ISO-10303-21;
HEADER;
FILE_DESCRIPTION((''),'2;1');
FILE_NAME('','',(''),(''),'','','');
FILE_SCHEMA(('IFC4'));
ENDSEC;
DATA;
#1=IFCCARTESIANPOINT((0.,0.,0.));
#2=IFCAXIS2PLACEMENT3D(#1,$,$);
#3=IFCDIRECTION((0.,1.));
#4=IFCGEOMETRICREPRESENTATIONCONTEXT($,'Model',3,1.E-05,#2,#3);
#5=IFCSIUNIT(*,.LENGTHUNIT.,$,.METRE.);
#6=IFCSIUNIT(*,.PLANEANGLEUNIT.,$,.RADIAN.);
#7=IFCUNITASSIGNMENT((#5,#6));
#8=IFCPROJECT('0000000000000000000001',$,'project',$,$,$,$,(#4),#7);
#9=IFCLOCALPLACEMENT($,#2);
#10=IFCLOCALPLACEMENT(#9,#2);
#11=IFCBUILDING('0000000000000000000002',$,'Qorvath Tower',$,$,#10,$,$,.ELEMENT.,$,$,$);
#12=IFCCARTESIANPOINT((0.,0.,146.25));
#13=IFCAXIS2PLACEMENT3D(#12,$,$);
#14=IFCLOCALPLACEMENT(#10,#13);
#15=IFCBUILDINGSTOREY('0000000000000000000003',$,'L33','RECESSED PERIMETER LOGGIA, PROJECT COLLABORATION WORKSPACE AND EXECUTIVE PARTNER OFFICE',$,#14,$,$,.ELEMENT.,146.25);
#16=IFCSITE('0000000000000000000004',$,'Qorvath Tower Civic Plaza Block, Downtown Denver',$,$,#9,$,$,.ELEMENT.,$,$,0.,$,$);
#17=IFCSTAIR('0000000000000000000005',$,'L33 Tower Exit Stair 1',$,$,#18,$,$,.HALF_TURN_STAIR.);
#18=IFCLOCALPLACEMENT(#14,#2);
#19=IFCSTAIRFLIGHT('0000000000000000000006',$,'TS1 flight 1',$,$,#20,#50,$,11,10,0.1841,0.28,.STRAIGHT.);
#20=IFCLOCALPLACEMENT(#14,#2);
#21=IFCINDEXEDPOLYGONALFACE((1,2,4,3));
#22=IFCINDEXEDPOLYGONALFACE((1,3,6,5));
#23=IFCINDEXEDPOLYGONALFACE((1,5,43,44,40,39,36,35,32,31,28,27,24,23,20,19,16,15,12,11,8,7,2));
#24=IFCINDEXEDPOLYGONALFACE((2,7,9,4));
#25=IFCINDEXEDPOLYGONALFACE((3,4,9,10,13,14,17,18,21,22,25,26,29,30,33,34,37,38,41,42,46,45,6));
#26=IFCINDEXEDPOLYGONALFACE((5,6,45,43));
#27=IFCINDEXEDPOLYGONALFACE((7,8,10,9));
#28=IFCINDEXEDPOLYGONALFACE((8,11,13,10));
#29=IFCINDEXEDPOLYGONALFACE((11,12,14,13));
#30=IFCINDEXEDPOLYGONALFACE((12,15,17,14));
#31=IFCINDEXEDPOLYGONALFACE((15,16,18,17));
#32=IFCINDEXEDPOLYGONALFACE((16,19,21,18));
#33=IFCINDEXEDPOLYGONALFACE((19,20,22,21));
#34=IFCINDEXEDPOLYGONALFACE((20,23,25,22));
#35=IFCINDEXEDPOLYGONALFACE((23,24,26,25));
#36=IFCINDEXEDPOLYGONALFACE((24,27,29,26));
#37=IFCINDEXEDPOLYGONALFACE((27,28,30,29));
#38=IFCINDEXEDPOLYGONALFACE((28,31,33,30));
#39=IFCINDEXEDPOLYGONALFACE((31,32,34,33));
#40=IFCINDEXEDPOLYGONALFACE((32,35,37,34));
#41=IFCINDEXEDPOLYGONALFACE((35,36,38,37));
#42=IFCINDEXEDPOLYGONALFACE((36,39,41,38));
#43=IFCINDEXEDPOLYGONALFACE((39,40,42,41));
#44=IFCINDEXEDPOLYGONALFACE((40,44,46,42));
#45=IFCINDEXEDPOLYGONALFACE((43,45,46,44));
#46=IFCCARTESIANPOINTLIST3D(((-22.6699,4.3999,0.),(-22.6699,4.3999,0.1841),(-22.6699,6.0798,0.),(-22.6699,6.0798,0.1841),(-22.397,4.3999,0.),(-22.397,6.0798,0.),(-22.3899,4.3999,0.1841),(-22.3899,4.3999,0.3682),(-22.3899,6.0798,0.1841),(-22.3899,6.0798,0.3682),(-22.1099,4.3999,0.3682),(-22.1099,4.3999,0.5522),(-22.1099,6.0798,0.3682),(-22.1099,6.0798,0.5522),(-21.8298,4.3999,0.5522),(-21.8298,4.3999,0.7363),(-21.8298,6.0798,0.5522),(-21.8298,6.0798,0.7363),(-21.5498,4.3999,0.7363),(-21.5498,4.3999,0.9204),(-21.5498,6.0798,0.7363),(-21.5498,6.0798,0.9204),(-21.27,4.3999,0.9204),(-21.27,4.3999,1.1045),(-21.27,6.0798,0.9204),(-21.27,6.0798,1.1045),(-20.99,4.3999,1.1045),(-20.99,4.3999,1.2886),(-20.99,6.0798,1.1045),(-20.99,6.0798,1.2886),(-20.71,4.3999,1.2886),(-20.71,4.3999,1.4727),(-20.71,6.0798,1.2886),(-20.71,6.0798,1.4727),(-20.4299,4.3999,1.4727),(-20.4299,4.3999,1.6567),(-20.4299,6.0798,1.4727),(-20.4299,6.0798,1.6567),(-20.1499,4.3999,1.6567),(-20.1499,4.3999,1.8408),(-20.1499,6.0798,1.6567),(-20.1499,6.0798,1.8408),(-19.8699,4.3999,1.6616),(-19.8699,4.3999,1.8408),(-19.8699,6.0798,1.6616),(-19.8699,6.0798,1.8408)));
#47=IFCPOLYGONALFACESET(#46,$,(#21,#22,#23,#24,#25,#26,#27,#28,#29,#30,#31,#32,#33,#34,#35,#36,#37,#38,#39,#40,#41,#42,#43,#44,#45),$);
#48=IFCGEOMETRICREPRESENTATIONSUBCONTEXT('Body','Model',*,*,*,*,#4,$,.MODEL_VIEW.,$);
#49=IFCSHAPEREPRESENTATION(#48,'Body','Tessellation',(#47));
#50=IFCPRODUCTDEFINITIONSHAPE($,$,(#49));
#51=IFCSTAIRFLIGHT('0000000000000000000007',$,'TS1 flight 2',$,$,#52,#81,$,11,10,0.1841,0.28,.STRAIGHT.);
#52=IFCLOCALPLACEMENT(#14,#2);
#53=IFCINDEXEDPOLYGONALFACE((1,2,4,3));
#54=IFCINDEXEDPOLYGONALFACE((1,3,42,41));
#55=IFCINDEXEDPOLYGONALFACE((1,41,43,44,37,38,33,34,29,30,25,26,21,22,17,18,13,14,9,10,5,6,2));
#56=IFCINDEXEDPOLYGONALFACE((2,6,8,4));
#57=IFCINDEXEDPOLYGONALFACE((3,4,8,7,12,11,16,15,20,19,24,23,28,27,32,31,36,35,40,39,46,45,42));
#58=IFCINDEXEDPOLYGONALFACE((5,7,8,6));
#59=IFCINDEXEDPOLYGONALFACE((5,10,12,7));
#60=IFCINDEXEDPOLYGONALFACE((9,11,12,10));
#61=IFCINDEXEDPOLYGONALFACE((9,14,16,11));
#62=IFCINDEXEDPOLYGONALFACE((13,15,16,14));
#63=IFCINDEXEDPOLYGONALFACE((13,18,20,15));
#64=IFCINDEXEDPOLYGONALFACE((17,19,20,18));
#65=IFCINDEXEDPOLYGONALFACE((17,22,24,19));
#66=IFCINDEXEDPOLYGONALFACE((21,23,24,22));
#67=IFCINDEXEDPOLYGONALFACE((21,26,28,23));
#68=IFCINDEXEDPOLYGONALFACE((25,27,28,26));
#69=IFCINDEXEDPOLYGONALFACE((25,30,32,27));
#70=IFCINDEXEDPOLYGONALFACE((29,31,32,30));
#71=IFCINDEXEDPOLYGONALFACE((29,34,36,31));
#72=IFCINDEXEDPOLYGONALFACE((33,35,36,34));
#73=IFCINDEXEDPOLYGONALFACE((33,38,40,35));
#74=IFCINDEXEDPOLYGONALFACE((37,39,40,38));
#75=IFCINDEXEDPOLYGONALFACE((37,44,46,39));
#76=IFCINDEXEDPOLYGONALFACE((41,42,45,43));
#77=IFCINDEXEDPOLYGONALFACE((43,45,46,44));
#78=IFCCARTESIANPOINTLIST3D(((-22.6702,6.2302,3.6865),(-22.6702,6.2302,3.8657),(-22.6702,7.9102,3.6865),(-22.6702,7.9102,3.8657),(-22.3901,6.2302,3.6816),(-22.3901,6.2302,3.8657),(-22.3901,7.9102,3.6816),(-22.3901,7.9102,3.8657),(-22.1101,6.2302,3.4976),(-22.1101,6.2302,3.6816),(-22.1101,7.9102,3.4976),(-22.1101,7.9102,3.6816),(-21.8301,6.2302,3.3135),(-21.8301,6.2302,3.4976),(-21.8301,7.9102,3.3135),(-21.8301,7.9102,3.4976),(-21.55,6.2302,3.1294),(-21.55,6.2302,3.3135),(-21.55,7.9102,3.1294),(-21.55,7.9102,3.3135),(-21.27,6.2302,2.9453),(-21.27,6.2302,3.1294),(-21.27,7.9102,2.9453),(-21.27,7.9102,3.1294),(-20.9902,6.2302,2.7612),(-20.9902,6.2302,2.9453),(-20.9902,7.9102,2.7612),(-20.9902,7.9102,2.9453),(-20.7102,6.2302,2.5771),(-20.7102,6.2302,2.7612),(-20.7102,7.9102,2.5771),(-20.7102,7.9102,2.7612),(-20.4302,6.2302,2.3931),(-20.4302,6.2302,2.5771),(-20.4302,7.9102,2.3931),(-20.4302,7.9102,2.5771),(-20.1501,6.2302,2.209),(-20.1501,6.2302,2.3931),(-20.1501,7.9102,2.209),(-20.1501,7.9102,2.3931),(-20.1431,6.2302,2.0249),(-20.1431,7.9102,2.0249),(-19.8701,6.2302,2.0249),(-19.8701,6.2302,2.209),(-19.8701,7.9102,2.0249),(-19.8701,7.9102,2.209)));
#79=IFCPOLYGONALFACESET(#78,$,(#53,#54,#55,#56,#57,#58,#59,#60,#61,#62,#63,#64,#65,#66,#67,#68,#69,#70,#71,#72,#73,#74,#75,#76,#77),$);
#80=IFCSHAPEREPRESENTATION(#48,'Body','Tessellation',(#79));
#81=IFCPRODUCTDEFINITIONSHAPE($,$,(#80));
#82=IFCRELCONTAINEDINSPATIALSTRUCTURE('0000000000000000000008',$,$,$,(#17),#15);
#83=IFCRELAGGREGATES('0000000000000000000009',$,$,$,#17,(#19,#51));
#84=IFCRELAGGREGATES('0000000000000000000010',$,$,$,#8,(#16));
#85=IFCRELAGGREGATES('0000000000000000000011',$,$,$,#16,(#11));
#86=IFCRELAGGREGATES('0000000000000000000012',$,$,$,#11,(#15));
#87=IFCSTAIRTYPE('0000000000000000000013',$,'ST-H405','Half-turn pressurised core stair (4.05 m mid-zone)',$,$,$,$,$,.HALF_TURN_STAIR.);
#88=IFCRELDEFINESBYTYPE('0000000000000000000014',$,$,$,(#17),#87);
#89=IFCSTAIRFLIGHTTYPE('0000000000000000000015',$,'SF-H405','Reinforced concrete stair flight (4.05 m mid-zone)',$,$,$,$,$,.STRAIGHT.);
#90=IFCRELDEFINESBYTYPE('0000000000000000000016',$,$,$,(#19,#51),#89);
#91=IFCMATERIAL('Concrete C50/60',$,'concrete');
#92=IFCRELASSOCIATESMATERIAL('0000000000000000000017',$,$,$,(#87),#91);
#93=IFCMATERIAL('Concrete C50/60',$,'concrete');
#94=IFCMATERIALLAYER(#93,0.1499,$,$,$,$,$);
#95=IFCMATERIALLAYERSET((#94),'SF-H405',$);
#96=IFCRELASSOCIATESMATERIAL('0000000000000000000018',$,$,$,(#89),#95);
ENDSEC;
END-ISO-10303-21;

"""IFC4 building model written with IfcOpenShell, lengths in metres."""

from ifc_helpers import new_model, si_unit, direction, frame, origin, place, context, subcontext, project, spatial, polyline, outline, extrude, material, layer, layer_set, type_object, element, aggregate, save


model = new_model("IFC4")

# Units and contexts
model_context = context("Model", 3, precision=1e-05, world=origin(), true_north=direction((0.0, 1.0)))
body_context = subcontext(model_context, "Body", "Model", "MODEL_VIEW")
ifc_project = project(units=[si_unit("LENGTHUNIT", "METRE"), si_unit("PLANEANGLEUNIT", "RADIAN")], contexts=[model_context])

# Site, building, storey
site_placement = place(None, origin())
site = spatial("IfcSite", under=ifc_project, at=site_placement, Name="Qorvath Tower Civic Plaza Block, Downtown Denver", CompositionType="ELEMENT", RefElevation=0.0)
building_placement = place(site_placement, origin())
building = spatial("IfcBuilding", under=site, at=building_placement, Name="Qorvath Tower", CompositionType="ELEMENT")
storey_placement = place(building_placement, frame((0.0, 0.0, 146.25)))
storey = spatial("IfcBuildingStorey", under=building, at=storey_placement, Name="L33", Description="RECESSED PERIMETER LOGGIA, PROJECT COLLABORATION WORKSPACE AND EXECUTIVE PARTNER OFFICE", CompositionType="ELEMENT", Elevation=146.25)

# Stair, stair flights
ifc_material_1 = material(Name="Concrete C50/60", Category="concrete")
stair_type = type_object("IfcStairType", Name="ST-H405", Description="Half-turn pressurised core stair (4.05 m mid-zone)", PredefinedType="HALF_TURN_STAIR", material=ifc_material_1)
stair_placement = place(storey_placement, origin())
stair = element("IfcStair", 1, at=stair_placement, inside=storey, type_object=stair_type, Name="L33 Tower Exit Stair 1", PredefinedType="HALF_TURN_STAIR")
ifc_material_2 = material(Name="Concrete C50/60", Category="concrete")
ifc_layer_1 = layer(ifc_material_2, 0.1499)
ifc_layer_set_1 = layer_set([ifc_layer_1], Name="SF-H405")
stair_flight_type = type_object("IfcStairFlightType", Name="SF-H405", Description="Reinforced concrete stair flight (4.05 m mid-zone)", PredefinedType="STRAIGHT", material=ifc_layer_set_1)
stair_flight_1_placement = place(storey_placement, frame((-22.6699, 5.24, 0.0), z_axis=(0.0, 0.0, 1.0), x_axis=(1.0, 0.0, 0.0)))
stair_flight_1 = element("IfcStairFlight", 2, at=stair_flight_1_placement, type_object=stair_flight_type, Name="TS1 flight 1", NumberOfRisers=11, NumberOfTreads=10, PredefinedType="STRAIGHT", RiserHeight=0.1841, TreadLength=0.28, context=body_context, shape_type="SweptSolid", body=[
    extrude(outline(polyline([(0.0, 0.0), (0.0, 0.1841), (0.28, 0.1841), (0.28, 0.3682), (0.5601, 0.3682), (0.5601, 0.5522), (0.8401, 0.5522), (0.8401, 0.7363), (1.1201, 0.7363), (1.1201, 0.9204), (1.3999, 0.9204), (1.3999, 1.1045), (1.6799, 1.1045), (1.6799, 1.2886), (1.96, 1.2886), (1.96, 1.4727), (2.24, 1.4727), (2.24, 1.6567), (2.52, 1.6567), (2.52, 1.8408), (2.8, 1.8408), (2.8, 2.0249), (2.8, 1.6616), (0.2729, 0.0), (0.0, 0.0)])), frame((0.0, 0.8398, 0.0), z_axis=(0.0, -1.0, 0.0), x_axis=(1.0, 0.0, 0.0)), (0.0, 0.0, 1.0), 1.6799),
])
stair_flight_2_placement = place(storey_placement, frame((-19.8701, 7.0701, 2.0249), z_axis=(0.0, 0.0, 1.0), x_axis=(-1.0, 0.0, 0.0)))
stair_flight_2 = element("IfcStairFlight", 3, at=stair_flight_2_placement, type_object=stair_flight_type, Name="TS1 flight 2", NumberOfRisers=11, NumberOfTreads=10, PredefinedType="STRAIGHT", RiserHeight=0.1841, TreadLength=0.28, context=body_context, shape_type="SweptSolid", body=[
    extrude(outline(polyline([(0.0, 0.0), (0.0, 0.1841), (0.28, 0.1841), (0.28, 0.3682), (0.5601, 0.3682), (0.5601, 0.5522), (0.8401, 0.5522), (0.8401, 0.7363), (1.1201, 0.7363), (1.1201, 0.9204), (1.3999, 0.9204), (1.3999, 1.1045), (1.6799, 1.1045), (1.6799, 1.2886), (1.96, 1.2886), (1.96, 1.4727), (2.24, 1.4727), (2.24, 1.6567), (2.52, 1.6567), (2.52, 1.8408), (2.8, 1.8408), (2.8, 2.0249), (2.8, 1.6616), (0.2729, 0.0), (0.0, 0.0)])), frame((0.0, 0.8398, 0.0), z_axis=(0.0, -1.0, 0.0), x_axis=(1.0, 0.0, 0.0)), (0.0, 0.0, 1.0), 1.6799),
])
aggregate(stair, [stair_flight_1, stair_flight_2])

save(model, "model.ifc")
